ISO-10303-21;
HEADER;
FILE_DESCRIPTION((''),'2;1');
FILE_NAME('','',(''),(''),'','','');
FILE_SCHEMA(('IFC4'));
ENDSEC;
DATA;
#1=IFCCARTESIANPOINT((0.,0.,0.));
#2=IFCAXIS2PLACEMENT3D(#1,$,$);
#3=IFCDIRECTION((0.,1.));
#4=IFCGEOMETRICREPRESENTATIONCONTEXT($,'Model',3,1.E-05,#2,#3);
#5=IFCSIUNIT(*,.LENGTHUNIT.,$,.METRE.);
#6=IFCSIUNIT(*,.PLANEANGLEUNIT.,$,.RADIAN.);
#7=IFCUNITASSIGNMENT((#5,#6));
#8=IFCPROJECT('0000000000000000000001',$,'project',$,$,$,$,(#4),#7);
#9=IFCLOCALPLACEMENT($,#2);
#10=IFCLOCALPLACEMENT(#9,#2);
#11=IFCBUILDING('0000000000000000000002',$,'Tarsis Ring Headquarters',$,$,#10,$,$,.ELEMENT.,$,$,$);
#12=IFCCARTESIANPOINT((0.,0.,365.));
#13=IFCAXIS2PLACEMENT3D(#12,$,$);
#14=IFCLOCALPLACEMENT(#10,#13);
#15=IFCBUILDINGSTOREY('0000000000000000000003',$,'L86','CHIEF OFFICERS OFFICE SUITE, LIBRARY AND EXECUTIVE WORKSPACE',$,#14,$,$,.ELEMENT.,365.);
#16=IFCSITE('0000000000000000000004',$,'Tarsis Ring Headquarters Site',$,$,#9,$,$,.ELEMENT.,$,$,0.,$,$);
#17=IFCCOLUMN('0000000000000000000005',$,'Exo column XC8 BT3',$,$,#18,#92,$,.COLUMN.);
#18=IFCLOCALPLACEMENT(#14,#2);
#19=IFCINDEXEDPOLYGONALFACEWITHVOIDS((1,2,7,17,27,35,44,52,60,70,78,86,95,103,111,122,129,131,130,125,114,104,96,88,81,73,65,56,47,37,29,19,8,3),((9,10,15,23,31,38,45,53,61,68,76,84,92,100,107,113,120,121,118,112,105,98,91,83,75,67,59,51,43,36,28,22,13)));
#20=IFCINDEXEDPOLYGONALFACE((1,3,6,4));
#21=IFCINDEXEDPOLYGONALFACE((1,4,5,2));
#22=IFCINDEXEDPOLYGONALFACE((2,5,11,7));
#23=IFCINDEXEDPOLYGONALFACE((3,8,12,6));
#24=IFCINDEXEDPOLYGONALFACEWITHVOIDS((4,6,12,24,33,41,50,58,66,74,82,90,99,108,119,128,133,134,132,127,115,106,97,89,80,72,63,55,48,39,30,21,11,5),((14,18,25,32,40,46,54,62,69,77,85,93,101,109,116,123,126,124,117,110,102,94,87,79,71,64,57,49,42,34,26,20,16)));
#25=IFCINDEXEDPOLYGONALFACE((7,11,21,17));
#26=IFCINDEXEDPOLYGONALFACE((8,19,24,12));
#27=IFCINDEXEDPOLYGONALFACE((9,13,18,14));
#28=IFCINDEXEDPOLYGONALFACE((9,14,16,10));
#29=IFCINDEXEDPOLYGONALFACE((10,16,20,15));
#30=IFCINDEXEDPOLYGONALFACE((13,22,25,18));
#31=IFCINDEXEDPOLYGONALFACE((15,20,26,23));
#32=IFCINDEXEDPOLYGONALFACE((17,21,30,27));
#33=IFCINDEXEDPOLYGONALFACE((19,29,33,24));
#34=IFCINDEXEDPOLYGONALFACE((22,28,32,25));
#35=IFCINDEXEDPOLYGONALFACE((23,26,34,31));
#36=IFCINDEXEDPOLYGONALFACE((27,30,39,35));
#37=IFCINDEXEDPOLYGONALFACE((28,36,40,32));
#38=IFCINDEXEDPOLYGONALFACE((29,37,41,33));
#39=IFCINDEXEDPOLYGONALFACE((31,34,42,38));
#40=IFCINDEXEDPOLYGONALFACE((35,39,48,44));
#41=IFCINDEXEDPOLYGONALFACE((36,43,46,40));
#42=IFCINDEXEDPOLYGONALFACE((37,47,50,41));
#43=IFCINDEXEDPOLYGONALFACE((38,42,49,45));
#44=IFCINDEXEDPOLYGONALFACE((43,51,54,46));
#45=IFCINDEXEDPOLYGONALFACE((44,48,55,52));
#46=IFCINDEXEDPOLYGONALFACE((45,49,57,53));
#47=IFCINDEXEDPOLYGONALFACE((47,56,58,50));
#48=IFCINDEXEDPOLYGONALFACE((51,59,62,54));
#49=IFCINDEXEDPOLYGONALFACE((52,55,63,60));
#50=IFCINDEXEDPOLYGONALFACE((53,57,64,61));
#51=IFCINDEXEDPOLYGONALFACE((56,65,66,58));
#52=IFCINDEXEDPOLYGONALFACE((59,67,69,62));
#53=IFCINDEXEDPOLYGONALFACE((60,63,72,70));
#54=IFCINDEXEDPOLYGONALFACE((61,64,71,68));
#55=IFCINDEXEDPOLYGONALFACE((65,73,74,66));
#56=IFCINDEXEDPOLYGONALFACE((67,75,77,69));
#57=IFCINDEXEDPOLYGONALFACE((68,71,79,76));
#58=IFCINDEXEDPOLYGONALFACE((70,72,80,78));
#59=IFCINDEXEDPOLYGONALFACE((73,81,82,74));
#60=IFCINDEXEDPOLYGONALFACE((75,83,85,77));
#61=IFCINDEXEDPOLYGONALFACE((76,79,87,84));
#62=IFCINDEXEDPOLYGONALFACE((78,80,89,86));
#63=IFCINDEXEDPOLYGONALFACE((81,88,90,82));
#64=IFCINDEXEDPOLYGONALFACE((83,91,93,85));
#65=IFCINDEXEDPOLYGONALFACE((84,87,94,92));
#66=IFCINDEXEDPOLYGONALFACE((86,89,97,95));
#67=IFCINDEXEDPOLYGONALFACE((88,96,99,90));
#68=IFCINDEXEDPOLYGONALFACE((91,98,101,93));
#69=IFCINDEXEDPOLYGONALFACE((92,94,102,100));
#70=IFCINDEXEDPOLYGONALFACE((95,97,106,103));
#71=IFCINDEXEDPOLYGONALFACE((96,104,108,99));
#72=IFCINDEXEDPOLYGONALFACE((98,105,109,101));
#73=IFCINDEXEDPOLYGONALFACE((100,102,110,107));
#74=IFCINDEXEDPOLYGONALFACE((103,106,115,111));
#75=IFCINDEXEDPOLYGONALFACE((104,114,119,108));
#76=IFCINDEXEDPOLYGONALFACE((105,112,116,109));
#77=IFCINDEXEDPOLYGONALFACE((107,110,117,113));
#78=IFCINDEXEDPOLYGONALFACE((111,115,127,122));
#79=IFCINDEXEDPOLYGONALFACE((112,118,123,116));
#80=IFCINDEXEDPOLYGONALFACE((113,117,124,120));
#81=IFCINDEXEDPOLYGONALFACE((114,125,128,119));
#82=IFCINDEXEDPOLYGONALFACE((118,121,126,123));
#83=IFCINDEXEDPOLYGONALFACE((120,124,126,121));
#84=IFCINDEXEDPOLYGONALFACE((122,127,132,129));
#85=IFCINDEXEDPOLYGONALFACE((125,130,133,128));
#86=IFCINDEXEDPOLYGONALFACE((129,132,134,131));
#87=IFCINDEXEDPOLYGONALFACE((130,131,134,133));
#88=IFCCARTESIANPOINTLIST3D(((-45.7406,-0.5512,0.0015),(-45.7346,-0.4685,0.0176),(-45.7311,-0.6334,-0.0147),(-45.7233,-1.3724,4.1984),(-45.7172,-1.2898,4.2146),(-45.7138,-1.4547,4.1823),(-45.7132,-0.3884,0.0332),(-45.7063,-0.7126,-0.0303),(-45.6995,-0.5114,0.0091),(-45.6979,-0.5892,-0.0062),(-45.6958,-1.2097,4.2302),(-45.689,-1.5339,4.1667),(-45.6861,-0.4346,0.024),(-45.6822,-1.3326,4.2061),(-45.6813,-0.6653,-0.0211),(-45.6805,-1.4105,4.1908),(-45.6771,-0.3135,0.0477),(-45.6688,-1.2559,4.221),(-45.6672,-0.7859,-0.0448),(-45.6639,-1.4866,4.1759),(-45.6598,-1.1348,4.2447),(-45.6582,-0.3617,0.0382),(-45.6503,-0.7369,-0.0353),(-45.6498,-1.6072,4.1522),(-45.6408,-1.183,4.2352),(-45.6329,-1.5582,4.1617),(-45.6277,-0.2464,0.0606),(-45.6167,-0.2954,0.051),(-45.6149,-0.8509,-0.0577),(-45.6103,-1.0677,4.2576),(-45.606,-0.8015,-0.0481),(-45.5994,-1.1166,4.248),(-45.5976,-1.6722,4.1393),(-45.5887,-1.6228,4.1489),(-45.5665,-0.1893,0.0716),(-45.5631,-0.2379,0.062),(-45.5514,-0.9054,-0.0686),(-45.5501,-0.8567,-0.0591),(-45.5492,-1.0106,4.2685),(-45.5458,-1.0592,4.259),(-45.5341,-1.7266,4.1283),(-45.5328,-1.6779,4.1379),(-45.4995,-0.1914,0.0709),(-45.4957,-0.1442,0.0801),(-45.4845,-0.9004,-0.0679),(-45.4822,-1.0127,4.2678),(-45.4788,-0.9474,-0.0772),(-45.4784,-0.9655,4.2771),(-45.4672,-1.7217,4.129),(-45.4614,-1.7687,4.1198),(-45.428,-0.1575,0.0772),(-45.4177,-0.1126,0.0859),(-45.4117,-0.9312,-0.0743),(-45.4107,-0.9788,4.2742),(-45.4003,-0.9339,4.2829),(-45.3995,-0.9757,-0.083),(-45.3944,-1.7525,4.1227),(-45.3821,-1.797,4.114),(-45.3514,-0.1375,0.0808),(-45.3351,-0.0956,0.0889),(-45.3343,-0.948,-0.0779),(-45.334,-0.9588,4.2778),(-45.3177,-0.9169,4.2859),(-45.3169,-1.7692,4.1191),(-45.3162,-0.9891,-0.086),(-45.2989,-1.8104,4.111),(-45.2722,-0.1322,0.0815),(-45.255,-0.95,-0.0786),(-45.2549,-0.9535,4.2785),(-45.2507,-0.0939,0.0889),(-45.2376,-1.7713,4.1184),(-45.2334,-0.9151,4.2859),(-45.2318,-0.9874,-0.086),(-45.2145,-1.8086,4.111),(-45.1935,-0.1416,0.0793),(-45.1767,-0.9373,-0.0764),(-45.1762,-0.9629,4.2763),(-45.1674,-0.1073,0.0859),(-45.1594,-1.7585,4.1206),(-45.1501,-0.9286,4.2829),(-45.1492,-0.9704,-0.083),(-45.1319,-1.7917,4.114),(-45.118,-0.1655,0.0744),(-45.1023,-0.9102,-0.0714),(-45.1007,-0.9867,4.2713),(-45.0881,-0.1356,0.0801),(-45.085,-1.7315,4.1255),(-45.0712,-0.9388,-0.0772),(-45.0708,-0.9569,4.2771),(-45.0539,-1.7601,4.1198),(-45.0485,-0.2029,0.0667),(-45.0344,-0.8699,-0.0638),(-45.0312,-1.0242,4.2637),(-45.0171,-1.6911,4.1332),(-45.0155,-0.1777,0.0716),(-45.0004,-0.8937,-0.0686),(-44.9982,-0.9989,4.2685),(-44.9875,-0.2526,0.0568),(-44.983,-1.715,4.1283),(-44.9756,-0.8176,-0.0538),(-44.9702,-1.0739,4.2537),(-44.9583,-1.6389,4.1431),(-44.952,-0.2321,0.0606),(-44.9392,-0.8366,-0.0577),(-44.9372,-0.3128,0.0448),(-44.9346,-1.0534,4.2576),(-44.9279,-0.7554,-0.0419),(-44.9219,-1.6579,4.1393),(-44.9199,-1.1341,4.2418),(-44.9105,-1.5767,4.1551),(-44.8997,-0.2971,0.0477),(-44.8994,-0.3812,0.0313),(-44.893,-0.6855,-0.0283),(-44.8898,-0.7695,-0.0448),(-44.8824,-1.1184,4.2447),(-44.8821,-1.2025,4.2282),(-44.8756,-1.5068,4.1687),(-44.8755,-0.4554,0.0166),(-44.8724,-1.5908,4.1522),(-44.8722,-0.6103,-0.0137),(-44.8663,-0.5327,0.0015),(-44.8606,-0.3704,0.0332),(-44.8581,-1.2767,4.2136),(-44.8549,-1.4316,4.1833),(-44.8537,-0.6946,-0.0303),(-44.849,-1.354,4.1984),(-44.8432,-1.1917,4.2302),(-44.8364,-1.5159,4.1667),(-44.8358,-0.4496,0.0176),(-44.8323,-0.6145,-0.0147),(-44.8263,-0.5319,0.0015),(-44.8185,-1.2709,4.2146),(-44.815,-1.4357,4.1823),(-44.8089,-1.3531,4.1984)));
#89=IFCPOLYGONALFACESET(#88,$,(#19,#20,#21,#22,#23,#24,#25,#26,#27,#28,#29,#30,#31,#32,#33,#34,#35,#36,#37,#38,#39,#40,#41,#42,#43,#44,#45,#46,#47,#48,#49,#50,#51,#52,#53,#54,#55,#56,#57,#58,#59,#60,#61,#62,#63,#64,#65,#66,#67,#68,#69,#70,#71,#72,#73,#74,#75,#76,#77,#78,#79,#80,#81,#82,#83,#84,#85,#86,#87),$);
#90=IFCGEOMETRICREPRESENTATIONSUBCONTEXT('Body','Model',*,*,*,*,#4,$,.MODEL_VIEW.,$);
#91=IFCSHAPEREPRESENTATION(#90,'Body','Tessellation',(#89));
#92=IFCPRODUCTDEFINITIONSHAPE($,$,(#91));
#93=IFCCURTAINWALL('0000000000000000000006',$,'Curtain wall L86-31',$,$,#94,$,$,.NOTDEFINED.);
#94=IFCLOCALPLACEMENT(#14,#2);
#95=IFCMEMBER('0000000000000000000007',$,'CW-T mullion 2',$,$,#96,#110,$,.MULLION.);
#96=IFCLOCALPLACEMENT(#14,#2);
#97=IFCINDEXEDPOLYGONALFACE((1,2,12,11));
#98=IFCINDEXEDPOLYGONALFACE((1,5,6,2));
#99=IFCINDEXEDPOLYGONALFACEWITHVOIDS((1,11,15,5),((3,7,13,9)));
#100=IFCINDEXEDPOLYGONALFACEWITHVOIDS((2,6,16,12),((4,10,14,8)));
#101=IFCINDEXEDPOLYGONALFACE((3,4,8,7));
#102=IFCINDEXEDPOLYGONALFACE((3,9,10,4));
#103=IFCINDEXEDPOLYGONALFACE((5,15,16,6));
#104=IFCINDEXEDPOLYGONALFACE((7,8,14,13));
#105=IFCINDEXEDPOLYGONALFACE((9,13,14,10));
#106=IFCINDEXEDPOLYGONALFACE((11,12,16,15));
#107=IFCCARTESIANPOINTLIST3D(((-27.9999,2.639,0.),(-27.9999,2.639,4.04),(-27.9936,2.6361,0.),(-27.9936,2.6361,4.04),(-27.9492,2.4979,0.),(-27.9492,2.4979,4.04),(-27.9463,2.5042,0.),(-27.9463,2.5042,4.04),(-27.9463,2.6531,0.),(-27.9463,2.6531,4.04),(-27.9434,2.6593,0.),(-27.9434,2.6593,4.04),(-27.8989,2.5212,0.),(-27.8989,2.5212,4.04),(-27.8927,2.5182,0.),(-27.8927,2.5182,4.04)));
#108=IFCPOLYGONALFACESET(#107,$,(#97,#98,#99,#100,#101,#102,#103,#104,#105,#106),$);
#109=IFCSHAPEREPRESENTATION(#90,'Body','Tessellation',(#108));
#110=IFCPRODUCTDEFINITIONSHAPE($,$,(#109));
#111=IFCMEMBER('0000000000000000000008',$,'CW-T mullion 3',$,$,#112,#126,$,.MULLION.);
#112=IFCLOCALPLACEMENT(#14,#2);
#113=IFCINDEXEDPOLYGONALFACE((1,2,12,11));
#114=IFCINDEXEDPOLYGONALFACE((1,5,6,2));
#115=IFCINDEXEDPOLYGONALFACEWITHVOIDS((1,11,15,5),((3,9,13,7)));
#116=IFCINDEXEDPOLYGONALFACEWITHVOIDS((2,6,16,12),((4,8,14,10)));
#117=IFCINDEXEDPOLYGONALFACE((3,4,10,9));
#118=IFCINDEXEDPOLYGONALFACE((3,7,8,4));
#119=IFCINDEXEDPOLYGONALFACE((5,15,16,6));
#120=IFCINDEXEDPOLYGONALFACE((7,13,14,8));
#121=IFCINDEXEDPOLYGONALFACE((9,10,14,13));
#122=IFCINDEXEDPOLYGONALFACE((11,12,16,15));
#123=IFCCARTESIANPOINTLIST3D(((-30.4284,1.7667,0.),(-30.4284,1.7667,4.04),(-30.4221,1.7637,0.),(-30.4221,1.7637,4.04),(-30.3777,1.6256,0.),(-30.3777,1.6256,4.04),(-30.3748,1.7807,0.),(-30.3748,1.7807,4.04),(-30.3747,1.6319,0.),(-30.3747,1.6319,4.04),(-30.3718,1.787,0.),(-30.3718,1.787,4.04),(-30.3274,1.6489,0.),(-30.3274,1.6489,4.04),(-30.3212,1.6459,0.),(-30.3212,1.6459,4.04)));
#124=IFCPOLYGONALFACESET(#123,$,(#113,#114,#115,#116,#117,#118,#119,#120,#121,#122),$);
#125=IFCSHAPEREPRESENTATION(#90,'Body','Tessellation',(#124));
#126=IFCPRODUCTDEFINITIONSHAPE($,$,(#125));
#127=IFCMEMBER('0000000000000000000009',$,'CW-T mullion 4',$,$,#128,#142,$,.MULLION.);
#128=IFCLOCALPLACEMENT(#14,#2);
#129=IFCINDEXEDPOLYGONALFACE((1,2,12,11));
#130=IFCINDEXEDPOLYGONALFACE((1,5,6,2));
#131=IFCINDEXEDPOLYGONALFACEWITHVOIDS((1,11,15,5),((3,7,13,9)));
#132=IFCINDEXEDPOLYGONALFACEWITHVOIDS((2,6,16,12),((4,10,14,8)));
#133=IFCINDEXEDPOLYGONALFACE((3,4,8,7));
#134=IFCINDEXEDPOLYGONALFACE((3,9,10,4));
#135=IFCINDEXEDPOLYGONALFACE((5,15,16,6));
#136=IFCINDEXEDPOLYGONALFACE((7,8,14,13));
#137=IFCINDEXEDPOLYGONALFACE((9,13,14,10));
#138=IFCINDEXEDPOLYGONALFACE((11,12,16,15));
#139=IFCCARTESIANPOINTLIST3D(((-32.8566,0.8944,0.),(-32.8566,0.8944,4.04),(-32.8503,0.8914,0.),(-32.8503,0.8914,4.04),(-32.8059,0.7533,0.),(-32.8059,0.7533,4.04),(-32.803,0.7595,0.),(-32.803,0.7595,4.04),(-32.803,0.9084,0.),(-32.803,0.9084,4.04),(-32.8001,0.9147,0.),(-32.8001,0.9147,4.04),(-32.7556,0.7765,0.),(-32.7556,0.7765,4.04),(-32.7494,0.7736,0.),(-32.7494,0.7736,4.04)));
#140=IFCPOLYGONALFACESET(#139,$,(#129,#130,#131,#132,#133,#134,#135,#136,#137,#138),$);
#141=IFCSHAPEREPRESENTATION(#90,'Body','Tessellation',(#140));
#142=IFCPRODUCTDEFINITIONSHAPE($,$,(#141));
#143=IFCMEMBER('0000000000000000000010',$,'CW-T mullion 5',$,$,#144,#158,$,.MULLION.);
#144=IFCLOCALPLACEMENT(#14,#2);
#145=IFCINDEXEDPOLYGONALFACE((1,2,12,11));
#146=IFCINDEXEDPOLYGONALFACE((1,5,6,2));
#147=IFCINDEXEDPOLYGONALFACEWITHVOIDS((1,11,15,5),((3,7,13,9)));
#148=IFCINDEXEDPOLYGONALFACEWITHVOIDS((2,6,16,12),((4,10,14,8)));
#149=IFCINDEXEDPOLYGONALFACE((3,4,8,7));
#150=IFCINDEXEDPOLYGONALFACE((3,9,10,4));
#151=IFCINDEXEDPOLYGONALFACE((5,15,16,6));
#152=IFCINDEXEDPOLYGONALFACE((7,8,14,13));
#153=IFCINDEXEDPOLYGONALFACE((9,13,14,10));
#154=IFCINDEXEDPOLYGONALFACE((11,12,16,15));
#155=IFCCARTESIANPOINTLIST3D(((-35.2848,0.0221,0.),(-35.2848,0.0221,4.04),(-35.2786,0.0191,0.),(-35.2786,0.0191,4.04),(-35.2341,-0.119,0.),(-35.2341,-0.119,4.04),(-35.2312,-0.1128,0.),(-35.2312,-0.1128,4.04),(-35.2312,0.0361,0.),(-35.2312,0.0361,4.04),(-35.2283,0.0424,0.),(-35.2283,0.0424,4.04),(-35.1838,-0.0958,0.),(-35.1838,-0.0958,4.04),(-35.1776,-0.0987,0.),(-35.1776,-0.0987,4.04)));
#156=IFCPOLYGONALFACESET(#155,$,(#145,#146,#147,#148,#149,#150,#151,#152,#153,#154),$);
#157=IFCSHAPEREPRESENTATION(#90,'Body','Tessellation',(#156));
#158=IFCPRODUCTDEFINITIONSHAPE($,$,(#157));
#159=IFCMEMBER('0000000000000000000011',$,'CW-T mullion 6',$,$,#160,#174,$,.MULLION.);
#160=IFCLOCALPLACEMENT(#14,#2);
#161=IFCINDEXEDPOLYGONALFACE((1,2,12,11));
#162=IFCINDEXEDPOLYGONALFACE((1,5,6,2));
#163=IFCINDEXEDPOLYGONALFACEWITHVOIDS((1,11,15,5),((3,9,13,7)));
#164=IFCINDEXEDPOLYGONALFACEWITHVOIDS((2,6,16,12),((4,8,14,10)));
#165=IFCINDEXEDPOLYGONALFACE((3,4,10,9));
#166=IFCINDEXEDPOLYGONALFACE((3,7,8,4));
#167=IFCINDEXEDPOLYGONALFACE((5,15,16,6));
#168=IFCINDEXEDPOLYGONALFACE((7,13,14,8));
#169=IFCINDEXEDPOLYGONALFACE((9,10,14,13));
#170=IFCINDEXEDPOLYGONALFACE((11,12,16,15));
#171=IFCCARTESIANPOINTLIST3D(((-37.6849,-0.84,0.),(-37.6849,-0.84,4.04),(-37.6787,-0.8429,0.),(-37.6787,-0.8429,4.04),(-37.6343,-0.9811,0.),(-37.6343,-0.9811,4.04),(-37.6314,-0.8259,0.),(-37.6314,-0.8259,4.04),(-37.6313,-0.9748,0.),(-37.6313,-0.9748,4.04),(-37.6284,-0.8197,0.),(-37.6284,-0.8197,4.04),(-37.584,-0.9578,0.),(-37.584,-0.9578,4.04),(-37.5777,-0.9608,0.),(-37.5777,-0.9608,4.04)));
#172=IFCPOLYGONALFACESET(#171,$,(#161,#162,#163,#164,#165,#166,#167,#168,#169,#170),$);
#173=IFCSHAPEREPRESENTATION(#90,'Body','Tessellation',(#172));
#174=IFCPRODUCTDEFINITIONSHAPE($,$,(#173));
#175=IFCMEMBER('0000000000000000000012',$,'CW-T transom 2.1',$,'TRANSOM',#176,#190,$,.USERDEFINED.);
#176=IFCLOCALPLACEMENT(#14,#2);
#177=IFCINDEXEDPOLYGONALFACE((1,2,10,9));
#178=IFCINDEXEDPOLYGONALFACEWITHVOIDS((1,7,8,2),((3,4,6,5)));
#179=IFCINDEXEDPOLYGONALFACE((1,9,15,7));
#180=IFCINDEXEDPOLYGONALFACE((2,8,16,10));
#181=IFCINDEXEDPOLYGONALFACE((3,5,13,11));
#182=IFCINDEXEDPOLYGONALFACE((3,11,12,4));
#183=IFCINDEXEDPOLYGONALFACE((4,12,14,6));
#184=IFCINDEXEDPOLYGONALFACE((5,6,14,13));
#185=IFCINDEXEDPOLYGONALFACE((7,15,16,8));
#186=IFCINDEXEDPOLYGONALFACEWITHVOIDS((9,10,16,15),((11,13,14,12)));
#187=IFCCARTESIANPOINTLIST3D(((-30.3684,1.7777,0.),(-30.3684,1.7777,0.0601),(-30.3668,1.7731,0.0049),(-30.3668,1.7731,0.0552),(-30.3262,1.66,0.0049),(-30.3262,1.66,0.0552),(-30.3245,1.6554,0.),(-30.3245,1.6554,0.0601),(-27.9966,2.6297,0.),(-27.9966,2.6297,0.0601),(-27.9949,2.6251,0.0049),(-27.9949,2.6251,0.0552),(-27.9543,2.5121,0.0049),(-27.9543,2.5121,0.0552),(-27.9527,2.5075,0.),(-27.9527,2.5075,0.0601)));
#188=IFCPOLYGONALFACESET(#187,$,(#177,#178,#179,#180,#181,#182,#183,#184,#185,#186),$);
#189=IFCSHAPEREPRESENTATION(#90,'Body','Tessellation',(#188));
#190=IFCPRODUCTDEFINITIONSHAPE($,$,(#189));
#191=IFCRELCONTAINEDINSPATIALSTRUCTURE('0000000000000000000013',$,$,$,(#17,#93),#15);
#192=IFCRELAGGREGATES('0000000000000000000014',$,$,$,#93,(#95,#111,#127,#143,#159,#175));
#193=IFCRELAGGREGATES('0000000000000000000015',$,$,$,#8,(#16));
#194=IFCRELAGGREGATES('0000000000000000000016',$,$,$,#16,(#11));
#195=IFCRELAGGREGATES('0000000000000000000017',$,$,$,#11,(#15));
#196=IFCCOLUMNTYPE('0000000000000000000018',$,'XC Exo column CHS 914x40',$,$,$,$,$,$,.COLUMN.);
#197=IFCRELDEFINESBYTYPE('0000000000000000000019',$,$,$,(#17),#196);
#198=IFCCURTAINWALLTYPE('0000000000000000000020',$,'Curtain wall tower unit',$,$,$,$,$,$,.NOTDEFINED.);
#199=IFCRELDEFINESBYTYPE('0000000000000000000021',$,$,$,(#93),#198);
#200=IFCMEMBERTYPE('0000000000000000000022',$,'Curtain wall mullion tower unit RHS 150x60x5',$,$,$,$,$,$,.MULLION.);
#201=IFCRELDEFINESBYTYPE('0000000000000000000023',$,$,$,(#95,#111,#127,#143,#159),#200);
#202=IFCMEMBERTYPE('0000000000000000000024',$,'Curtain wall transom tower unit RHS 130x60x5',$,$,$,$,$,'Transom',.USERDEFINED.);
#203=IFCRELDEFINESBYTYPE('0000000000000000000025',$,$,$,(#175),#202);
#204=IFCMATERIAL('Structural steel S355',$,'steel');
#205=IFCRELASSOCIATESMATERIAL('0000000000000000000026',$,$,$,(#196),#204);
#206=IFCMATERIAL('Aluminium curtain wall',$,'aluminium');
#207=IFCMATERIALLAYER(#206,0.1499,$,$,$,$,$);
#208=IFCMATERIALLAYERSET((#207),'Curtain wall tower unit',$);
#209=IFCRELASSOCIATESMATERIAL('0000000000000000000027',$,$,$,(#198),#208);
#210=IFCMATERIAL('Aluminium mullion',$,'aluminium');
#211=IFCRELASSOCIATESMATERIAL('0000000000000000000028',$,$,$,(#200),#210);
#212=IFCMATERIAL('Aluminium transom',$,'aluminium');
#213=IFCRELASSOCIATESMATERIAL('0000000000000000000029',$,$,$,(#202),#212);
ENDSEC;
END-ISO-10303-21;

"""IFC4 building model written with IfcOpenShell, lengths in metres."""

from ifc_helpers import new_model, si_unit, direction, frame, origin, origin_2d, place, context, subcontext, project, spatial, hollow_rectangle, hollow_circle, extrude, material, layer, layer_set, material_profile, profile_set, type_object, element, aggregate, save


model = new_model("IFC4")

# Units and contexts
model_context = context("Model", 3, precision=1e-05, world=origin(), true_north=direction((0.0, 1.0)))
body_context = subcontext(model_context, "Body", "Model", "MODEL_VIEW")
ifc_project = project(units=[si_unit("LENGTHUNIT", "METRE"), si_unit("PLANEANGLEUNIT", "RADIAN")], contexts=[model_context])

# Site, building, storey
site_placement = place(None, origin())
site = spatial("IfcSite", under=ifc_project, at=site_placement, Name="Tarsis Ring Headquarters Site", CompositionType="ELEMENT", RefElevation=0.0)
building_placement = place(site_placement, origin())
building = spatial("IfcBuilding", under=site, at=building_placement, Name="Tarsis Ring Headquarters", CompositionType="ELEMENT")
storey_placement = place(building_placement, frame((0.0, 0.0, 365.0)))
storey = spatial("IfcBuildingStorey", under=building, at=storey_placement, Name="L86", Description="CHIEF OFFICERS OFFICE SUITE, LIBRARY AND EXECUTIVE WORKSPACE", CompositionType="ELEMENT", Elevation=365.0)

# Column
ifc_material_1 = material(Name="Structural steel S355", Category="steel")
ifc_material_profile_1 = material_profile(ifc_material_1, hollow_circle(Radius=0.457, WallThickness=0.04, at=origin_2d()), Name="CHS 914x40")
ifc_profile_set_1 = profile_set([ifc_material_profile_1], Name="Structural steel S355")
column_type = type_object("IfcColumnType", Name="XC Exo column CHS 914x40", PredefinedType="COLUMN", material=ifc_profile_set_1)
column_1_placement = place(storey_placement, frame((-45.2834, -0.5415, 0.0015), z_axis=(0.004053, -0.19204, 0.981379), x_axis=(0.999777, 0.021101, 0.0)))
element("IfcColumn", 1, at=column_1_placement, inside=storey, type_object=column_type, Name="Exo column XC8 BT3", PredefinedType="COLUMN", context=body_context, shape_type="SweptSolid", body=[
    extrude(hollow_circle(Radius=0.4573, WallThickness=0.04, at=origin_2d()), origin(), (0.0, 0.0, 1.0), 4.2766),
])

# Curtain wall, members
ifc_material_2 = material(Name="Aluminium curtain wall", Category="aluminium")
ifc_layer_1 = layer(ifc_material_2, 0.1499)
ifc_layer_set_1 = layer_set([ifc_layer_1], Name="Curtain wall tower unit")
curtain_wall_type = type_object("IfcCurtainWallType", Name="Curtain wall tower unit", PredefinedType="NOTDEFINED", material=ifc_layer_set_1)
curtain_wall_placement = place(storey_placement, origin())
curtain_wall = element("IfcCurtainWall", 2, at=curtain_wall_placement, inside=storey, type_object=curtain_wall_type, Name="Curtain wall L86-31", PredefinedType="NOTDEFINED")
ifc_material_3 = material(Name="Aluminium mullion", Category="aluminium")
ifc_material_profile_2 = material_profile(ifc_material_3, hollow_rectangle(XDim=0.1499, YDim=0.0601, WallThickness=0.0049, at=origin_2d()), Name="RHS 150x60x5")
ifc_profile_set_2 = profile_set([ifc_material_profile_2], Name="Aluminium mullion")
member_type_1 = type_object("IfcMemberType", Name="Curtain wall mullion tower unit RHS 150x60x5", PredefinedType="MULLION", material=ifc_profile_set_2)
member_1_placement = place(storey_placement, frame((-27.9463, 2.5786, 0.0), z_axis=(0.0, 0.0, 1.0), x_axis=(0.338081, -0.941117, 0.0)))
member_1 = element("IfcMember", 3, at=member_1_placement, type_object=member_type_1, Name="CW-T mullion 2", PredefinedType="MULLION", context=body_context, shape_type="SweptSolid", body=[
    extrude(hollow_rectangle(XDim=0.1499, YDim=0.0601, WallThickness=0.0049, at=origin_2d()), origin(), (0.0, 0.0, 1.0), 4.04),
])
member_2_placement = place(storey_placement, frame((-30.3748, 1.7063, 0.0), z_axis=(0.0, 0.0, 1.0), x_axis=(0.338081, -0.941117, 0.0)))
member_2 = element("IfcMember", 4, at=member_2_placement, type_object=member_type_1, Name="CW-T mullion 3", PredefinedType="MULLION", context=body_context, shape_type="SweptSolid", body=[
    extrude(hollow_rectangle(XDim=0.1499, YDim=0.0601, WallThickness=0.0049, at=origin_2d()), origin(), (0.0, 0.0, 1.0), 4.04),
])
member_3_placement = place(storey_placement, frame((-32.803, 0.834, 0.0), z_axis=(0.0, 0.0, 1.0), x_axis=(0.338081, -0.941117, 0.0)))
member_3 = element("IfcMember", 5, at=member_3_placement, type_object=member_type_1, Name="CW-T mullion 4", PredefinedType="MULLION", context=body_context, shape_type="SweptSolid", body=[
    extrude(hollow_rectangle(XDim=0.1499, YDim=0.0601, WallThickness=0.0049, at=origin_2d()), origin(), (0.0, 0.0, 1.0), 4.04),
])
member_4_placement = place(storey_placement, frame((-35.2312, -0.0383, 0.0), z_axis=(0.0, 0.0, 1.0), x_axis=(0.338081, -0.941117, 0.0)))
member_4 = element("IfcMember", 6, at=member_4_placement, type_object=member_type_1, Name="CW-T mullion 5", PredefinedType="MULLION", context=body_context, shape_type="SweptSolid", body=[
    extrude(hollow_rectangle(XDim=0.1499, YDim=0.0601, WallThickness=0.0049, at=origin_2d()), origin(), (0.0, 0.0, 1.0), 4.04),
])
member_5_placement = place(storey_placement, frame((-37.6313, -0.9004, 0.0), z_axis=(0.0, 0.0, 1.0), x_axis=(0.338081, -0.941117, 0.0)))
member_5 = element("IfcMember", 7, at=member_5_placement, type_object=member_type_1, Name="CW-T mullion 6", PredefinedType="MULLION", context=body_context, shape_type="SweptSolid", body=[
    extrude(hollow_rectangle(XDim=0.1499, YDim=0.0601, WallThickness=0.0049, at=origin_2d()), origin(), (0.0, 0.0, 1.0), 4.04),
])
ifc_material_4 = material(Name="Aluminium transom", Category="aluminium")
ifc_material_profile_3 = material_profile(ifc_material_4, hollow_rectangle(XDim=0.1299, YDim=0.0601, WallThickness=0.0049, at=origin_2d()), Name="RHS 130x60x5")
ifc_profile_set_3 = profile_set([ifc_material_profile_3], Name="Aluminium transom")
member_type_2 = type_object("IfcMemberType", Name="Curtain wall transom tower unit RHS 130x60x5", ElementType="Transom", PredefinedType="USERDEFINED", material=ifc_profile_set_3)
member_6_placement = place(storey_placement, frame((-27.9746, 2.5686, 0.03), z_axis=(-0.941116, -0.338085, 0.0), x_axis=(0.338085, -0.941116, 0.0)))
member_6 = element("IfcMember", 8, at=member_6_placement, type_object=member_type_2, Name="CW-T transom 2.1", ObjectType="TRANSOM", PredefinedType="USERDEFINED", context=body_context, shape_type="SweptSolid", body=[
    extrude(hollow_rectangle(XDim=0.1299, YDim=0.0601, WallThickness=0.0049, at=origin_2d()), origin(), (0.0, 0.0, 1.0), 2.5203),
])

aggregate(curtain_wall, [member_1, member_2, member_3, member_4, member_5, member_6])

save(model, "model.ifc")
